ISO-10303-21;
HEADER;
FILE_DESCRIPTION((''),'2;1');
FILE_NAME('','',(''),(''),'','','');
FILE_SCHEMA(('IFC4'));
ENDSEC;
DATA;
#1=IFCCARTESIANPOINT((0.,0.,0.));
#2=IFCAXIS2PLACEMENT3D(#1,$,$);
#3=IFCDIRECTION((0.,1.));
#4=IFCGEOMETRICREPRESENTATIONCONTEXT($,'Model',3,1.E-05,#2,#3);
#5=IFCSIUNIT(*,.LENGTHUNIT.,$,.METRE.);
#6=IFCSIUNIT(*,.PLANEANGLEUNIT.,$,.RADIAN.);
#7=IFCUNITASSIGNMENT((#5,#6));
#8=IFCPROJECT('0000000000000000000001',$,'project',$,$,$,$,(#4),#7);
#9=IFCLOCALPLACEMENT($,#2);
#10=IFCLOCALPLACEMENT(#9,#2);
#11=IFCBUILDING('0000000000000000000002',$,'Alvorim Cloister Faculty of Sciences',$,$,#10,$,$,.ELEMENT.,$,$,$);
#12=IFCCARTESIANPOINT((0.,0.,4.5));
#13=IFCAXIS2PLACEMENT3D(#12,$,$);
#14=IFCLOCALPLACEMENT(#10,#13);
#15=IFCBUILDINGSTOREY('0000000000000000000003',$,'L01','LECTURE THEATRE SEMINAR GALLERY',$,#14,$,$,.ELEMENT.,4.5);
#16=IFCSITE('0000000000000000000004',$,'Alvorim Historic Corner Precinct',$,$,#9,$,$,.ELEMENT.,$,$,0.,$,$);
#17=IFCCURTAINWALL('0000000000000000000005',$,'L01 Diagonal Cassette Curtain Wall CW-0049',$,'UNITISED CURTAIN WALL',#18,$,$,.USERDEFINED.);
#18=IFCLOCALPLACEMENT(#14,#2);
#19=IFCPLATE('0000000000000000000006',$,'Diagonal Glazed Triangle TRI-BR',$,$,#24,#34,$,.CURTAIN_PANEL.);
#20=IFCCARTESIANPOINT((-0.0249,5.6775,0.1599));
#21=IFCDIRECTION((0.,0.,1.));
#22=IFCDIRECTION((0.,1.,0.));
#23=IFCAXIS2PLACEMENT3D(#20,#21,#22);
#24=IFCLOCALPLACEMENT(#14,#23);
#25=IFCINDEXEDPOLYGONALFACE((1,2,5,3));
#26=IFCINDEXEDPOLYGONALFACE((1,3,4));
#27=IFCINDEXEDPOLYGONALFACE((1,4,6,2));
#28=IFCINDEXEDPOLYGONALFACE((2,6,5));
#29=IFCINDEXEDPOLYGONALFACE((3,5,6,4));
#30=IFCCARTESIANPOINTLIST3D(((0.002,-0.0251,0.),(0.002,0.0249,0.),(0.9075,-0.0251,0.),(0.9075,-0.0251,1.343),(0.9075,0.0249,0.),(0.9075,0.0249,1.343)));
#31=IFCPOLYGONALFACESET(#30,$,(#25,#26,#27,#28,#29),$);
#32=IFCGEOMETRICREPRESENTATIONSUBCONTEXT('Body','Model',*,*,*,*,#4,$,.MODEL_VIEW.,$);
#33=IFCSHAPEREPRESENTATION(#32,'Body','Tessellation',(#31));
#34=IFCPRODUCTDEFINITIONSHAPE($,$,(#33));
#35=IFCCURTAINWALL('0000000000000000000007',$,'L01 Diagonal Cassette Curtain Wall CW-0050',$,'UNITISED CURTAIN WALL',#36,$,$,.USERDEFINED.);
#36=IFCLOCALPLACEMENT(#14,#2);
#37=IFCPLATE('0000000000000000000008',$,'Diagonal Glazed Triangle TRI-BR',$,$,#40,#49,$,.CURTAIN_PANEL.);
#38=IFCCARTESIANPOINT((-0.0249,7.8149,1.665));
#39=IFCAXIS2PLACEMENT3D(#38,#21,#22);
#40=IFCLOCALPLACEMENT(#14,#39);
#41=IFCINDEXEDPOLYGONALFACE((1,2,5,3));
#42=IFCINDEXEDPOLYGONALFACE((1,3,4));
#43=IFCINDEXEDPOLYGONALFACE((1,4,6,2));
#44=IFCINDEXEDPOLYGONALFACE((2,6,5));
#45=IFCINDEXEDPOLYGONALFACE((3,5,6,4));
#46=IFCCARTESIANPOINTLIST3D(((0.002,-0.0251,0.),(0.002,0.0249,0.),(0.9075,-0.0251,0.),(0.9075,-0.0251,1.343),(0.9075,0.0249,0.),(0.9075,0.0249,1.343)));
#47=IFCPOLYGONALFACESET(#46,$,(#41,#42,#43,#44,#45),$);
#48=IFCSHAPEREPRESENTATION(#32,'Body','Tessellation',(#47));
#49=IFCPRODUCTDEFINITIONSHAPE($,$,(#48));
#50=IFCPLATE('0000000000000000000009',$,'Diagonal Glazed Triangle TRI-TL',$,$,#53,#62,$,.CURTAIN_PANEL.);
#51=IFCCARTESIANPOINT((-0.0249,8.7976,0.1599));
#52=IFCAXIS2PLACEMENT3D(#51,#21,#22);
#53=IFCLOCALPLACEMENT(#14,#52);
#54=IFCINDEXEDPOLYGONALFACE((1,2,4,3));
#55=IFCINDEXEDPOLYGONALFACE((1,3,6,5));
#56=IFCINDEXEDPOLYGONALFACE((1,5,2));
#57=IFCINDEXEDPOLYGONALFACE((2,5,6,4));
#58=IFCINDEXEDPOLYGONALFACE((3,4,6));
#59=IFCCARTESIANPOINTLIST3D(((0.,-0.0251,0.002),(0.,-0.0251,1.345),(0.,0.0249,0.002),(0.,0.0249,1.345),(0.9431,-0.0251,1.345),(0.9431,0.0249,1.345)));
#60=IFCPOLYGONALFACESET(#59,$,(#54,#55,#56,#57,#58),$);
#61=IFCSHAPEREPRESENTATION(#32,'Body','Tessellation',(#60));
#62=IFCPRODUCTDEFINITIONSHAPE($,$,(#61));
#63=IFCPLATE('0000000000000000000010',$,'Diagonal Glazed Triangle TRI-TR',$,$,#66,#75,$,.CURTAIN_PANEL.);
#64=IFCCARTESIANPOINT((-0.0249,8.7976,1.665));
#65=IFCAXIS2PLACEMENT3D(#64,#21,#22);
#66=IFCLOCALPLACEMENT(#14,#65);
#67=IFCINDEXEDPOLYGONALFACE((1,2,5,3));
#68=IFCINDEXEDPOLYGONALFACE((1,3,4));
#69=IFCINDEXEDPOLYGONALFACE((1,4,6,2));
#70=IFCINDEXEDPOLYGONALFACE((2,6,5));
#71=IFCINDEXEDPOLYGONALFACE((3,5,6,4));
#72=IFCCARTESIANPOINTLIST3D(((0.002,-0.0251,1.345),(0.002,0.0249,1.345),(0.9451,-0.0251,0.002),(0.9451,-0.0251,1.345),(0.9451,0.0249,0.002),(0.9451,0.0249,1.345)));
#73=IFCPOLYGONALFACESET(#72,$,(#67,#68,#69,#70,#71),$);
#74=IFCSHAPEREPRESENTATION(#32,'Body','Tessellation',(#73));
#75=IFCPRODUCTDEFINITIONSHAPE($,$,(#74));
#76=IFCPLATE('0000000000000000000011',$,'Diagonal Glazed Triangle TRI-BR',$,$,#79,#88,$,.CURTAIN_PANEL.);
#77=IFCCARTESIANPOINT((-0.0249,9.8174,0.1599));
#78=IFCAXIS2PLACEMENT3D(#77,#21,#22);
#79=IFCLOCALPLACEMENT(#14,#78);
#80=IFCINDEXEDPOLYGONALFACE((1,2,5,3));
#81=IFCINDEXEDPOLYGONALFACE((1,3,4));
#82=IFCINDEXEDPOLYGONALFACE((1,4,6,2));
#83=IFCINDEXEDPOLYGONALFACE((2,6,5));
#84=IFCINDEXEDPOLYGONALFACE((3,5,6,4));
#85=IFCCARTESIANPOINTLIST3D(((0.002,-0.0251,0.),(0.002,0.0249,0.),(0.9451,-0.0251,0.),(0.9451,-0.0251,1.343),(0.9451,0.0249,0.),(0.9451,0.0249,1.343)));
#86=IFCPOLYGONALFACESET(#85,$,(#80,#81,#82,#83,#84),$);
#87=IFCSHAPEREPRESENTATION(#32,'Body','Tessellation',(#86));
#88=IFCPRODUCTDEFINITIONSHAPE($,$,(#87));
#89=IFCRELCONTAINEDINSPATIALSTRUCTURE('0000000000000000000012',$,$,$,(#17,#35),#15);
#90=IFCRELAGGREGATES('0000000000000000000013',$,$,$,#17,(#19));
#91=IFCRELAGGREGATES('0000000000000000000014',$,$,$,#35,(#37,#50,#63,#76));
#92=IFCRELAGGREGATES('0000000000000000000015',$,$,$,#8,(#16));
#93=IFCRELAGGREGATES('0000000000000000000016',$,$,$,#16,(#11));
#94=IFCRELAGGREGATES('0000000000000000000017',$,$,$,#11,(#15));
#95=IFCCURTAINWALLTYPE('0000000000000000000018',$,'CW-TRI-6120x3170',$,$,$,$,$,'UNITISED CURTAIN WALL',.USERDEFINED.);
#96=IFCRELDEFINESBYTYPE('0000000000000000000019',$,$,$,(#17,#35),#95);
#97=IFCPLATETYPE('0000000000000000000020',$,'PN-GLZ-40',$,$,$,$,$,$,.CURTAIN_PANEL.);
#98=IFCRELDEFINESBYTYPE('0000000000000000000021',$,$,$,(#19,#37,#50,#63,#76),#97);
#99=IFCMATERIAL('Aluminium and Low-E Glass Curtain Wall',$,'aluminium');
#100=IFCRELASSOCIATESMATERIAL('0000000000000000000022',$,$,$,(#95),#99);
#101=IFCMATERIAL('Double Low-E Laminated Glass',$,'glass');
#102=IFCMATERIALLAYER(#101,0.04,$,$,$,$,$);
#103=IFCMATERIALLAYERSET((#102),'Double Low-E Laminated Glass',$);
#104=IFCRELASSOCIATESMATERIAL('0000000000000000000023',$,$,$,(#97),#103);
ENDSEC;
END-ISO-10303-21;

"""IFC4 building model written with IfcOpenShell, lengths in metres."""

from ifc_helpers import new_model, si_unit, direction, frame, origin, place, context, subcontext, project, spatial, polyline, outline, extrude, material, layer, layer_set, type_object, element, aggregate, save


model = new_model("IFC4")

# Units and contexts
model_context = context("Model", 3, precision=1e-05, world=origin(), true_north=direction((0.0, 1.0)))
body_context = subcontext(model_context, "Body", "Model", "MODEL_VIEW")
ifc_project = project(units=[si_unit("LENGTHUNIT", "METRE"), si_unit("PLANEANGLEUNIT", "RADIAN")], contexts=[model_context])

# Site, building, storey
site_placement = place(None, origin())
site = spatial("IfcSite", under=ifc_project, at=site_placement, Name="Alvorim Historic Corner Precinct", CompositionType="ELEMENT", RefElevation=0.0)
building_placement = place(site_placement, origin())
building = spatial("IfcBuilding", under=site, at=building_placement, Name="Alvorim Cloister Faculty of Sciences", CompositionType="ELEMENT")
storey_placement = place(building_placement, frame((0.0, 0.0, 4.5)))
storey = spatial("IfcBuildingStorey", under=building, at=storey_placement, Name="L01", Description="LECTURE THEATRE SEMINAR GALLERY", CompositionType="ELEMENT", Elevation=4.5)

# Curtain wall, plate
ifc_material_1 = material(Name="Aluminium and Low-E Glass Curtain Wall", Category="aluminium")
curtain_wall_type = type_object("IfcCurtainWallType", Name="CW-TRI-6120x3170", ElementType="UNITISED CURTAIN WALL", PredefinedType="USERDEFINED", material=ifc_material_1)
curtain_wall_1_placement = place(storey_placement, origin())
curtain_wall_1 = element("IfcCurtainWall", 1, at=curtain_wall_1_placement, inside=storey, type_object=curtain_wall_type, Name="L01 Diagonal Cassette Curtain Wall CW-0049", ObjectType="UNITISED CURTAIN WALL", PredefinedType="USERDEFINED")
ifc_material_2 = material(Name="Double Low-E Laminated Glass", Category="glass")
ifc_layer_1 = layer(ifc_material_2, 0.04)
ifc_layer_set_1 = layer_set([ifc_layer_1], Name="Double Low-E Laminated Glass")
plate_type = type_object("IfcPlateType", Name="PN-GLZ-40", PredefinedType="CURTAIN_PANEL", material=ifc_layer_set_1)
plate_1_placement = place(storey_placement, frame((-0.0249, 5.6775, 0.1599), z_axis=(0.0, 0.0, 1.0), x_axis=(0.0, 1.0, 0.0)))
plate_1 = element("IfcPlate", 2, at=plate_1_placement, type_object=plate_type, Name="Diagonal Glazed Triangle TRI-BR", PredefinedType="CURTAIN_PANEL", context=body_context, shape_type="SweptSolid", body=[
    extrude(outline(polyline([(0.002, 0.0), (0.9075, 0.0), (0.9075, 1.343), (0.002, 0.0)])), frame((0.0, 0.0249, 0.0), z_axis=(0.0, -1.0, 0.0), x_axis=(1.0, 0.0, 0.0)), (0.0, 0.0, 1.0), 0.05),
])
aggregate(curtain_wall_1, [plate_1])

# Curtain wall, plates
curtain_wall_2_placement = place(storey_placement, origin())
curtain_wall_2 = element("IfcCurtainWall", 3, at=curtain_wall_2_placement, inside=storey, type_object=curtain_wall_type, Name="L01 Diagonal Cassette Curtain Wall CW-0050", ObjectType="UNITISED CURTAIN WALL", PredefinedType="USERDEFINED")
plate_2_placement = place(storey_placement, frame((-0.0249, 7.8149, 1.665), z_axis=(0.0, 0.0, 1.0), x_axis=(0.0, 1.0, 0.0)))
plate_2 = element("IfcPlate", 4, at=plate_2_placement, type_object=plate_type, Name="Diagonal Glazed Triangle TRI-BR", PredefinedType="CURTAIN_PANEL", context=body_context, shape_type="SweptSolid", body=[
    extrude(outline(polyline([(0.002, 0.0), (0.9075, 0.0), (0.9075, 1.343), (0.002, 0.0)])), frame((0.0, 0.0249, 0.0), z_axis=(0.0, -1.0, 0.0), x_axis=(1.0, 0.0, 0.0)), (0.0, 0.0, 1.0), 0.05),
])
plate_3_placement = place(storey_placement, frame((-0.0249, 8.7976, 0.1599), z_axis=(0.0, 0.0, 1.0), x_axis=(0.0, 1.0, 0.0)))
plate_3 = element("IfcPlate", 5, at=plate_3_placement, type_object=plate_type, Name="Diagonal Glazed Triangle TRI-TL", PredefinedType="CURTAIN_PANEL", context=body_context, shape_type="SweptSolid", body=[
    extrude(outline(polyline([(0.9431, 1.345), (0.0, 1.345), (0.0, 0.002), (0.9431, 1.345)])), frame((0.0, 0.0249, 0.0), z_axis=(0.0, -1.0, 0.0), x_axis=(1.0, 0.0, 0.0)), (0.0, 0.0, 1.0), 0.05),
])
plate_4_placement = place(storey_placement, frame((-0.0249, 8.7976, 1.665), z_axis=(0.0, 0.0, 1.0), x_axis=(0.0, 1.0, 0.0)))
plate_4 = element("IfcPlate", 6, at=plate_4_placement, type_object=plate_type, Name="Diagonal Glazed Triangle TRI-TR", PredefinedType="CURTAIN_PANEL", context=body_context, shape_type="SweptSolid", body=[
    extrude(outline(polyline([(0.9451, 0.002), (0.9451, 1.345), (0.002, 1.345), (0.9451, 0.002)])), frame((0.0, 0.0249, 0.0), z_axis=(0.0, -1.0, 0.0), x_axis=(1.0, 0.0, 0.0)), (0.0, 0.0, 1.0), 0.05),
])
plate_5_placement = place(storey_placement, frame((-0.0249, 9.8174, 0.1599), z_axis=(0.0, 0.0, 1.0), x_axis=(0.0, 1.0, 0.0)))
plate_5 = element("IfcPlate", 7, at=plate_5_placement, type_object=plate_type, Name="Diagonal Glazed Triangle TRI-BR", PredefinedType="CURTAIN_PANEL", context=body_context, shape_type="SweptSolid", body=[
    extrude(outline(polyline([(0.002, 0.0), (0.9451, 0.0), (0.9451, 1.343), (0.002, 0.0)])), frame((0.0, 0.0249, 0.0), z_axis=(0.0, -1.0, 0.0), x_axis=(1.0, 0.0, 0.0)), (0.0, 0.0, 1.0), 0.05),
])
aggregate(curtain_wall_2, [plate_2, plate_3, plate_4, plate_5])

save(model, "model.ifc")
